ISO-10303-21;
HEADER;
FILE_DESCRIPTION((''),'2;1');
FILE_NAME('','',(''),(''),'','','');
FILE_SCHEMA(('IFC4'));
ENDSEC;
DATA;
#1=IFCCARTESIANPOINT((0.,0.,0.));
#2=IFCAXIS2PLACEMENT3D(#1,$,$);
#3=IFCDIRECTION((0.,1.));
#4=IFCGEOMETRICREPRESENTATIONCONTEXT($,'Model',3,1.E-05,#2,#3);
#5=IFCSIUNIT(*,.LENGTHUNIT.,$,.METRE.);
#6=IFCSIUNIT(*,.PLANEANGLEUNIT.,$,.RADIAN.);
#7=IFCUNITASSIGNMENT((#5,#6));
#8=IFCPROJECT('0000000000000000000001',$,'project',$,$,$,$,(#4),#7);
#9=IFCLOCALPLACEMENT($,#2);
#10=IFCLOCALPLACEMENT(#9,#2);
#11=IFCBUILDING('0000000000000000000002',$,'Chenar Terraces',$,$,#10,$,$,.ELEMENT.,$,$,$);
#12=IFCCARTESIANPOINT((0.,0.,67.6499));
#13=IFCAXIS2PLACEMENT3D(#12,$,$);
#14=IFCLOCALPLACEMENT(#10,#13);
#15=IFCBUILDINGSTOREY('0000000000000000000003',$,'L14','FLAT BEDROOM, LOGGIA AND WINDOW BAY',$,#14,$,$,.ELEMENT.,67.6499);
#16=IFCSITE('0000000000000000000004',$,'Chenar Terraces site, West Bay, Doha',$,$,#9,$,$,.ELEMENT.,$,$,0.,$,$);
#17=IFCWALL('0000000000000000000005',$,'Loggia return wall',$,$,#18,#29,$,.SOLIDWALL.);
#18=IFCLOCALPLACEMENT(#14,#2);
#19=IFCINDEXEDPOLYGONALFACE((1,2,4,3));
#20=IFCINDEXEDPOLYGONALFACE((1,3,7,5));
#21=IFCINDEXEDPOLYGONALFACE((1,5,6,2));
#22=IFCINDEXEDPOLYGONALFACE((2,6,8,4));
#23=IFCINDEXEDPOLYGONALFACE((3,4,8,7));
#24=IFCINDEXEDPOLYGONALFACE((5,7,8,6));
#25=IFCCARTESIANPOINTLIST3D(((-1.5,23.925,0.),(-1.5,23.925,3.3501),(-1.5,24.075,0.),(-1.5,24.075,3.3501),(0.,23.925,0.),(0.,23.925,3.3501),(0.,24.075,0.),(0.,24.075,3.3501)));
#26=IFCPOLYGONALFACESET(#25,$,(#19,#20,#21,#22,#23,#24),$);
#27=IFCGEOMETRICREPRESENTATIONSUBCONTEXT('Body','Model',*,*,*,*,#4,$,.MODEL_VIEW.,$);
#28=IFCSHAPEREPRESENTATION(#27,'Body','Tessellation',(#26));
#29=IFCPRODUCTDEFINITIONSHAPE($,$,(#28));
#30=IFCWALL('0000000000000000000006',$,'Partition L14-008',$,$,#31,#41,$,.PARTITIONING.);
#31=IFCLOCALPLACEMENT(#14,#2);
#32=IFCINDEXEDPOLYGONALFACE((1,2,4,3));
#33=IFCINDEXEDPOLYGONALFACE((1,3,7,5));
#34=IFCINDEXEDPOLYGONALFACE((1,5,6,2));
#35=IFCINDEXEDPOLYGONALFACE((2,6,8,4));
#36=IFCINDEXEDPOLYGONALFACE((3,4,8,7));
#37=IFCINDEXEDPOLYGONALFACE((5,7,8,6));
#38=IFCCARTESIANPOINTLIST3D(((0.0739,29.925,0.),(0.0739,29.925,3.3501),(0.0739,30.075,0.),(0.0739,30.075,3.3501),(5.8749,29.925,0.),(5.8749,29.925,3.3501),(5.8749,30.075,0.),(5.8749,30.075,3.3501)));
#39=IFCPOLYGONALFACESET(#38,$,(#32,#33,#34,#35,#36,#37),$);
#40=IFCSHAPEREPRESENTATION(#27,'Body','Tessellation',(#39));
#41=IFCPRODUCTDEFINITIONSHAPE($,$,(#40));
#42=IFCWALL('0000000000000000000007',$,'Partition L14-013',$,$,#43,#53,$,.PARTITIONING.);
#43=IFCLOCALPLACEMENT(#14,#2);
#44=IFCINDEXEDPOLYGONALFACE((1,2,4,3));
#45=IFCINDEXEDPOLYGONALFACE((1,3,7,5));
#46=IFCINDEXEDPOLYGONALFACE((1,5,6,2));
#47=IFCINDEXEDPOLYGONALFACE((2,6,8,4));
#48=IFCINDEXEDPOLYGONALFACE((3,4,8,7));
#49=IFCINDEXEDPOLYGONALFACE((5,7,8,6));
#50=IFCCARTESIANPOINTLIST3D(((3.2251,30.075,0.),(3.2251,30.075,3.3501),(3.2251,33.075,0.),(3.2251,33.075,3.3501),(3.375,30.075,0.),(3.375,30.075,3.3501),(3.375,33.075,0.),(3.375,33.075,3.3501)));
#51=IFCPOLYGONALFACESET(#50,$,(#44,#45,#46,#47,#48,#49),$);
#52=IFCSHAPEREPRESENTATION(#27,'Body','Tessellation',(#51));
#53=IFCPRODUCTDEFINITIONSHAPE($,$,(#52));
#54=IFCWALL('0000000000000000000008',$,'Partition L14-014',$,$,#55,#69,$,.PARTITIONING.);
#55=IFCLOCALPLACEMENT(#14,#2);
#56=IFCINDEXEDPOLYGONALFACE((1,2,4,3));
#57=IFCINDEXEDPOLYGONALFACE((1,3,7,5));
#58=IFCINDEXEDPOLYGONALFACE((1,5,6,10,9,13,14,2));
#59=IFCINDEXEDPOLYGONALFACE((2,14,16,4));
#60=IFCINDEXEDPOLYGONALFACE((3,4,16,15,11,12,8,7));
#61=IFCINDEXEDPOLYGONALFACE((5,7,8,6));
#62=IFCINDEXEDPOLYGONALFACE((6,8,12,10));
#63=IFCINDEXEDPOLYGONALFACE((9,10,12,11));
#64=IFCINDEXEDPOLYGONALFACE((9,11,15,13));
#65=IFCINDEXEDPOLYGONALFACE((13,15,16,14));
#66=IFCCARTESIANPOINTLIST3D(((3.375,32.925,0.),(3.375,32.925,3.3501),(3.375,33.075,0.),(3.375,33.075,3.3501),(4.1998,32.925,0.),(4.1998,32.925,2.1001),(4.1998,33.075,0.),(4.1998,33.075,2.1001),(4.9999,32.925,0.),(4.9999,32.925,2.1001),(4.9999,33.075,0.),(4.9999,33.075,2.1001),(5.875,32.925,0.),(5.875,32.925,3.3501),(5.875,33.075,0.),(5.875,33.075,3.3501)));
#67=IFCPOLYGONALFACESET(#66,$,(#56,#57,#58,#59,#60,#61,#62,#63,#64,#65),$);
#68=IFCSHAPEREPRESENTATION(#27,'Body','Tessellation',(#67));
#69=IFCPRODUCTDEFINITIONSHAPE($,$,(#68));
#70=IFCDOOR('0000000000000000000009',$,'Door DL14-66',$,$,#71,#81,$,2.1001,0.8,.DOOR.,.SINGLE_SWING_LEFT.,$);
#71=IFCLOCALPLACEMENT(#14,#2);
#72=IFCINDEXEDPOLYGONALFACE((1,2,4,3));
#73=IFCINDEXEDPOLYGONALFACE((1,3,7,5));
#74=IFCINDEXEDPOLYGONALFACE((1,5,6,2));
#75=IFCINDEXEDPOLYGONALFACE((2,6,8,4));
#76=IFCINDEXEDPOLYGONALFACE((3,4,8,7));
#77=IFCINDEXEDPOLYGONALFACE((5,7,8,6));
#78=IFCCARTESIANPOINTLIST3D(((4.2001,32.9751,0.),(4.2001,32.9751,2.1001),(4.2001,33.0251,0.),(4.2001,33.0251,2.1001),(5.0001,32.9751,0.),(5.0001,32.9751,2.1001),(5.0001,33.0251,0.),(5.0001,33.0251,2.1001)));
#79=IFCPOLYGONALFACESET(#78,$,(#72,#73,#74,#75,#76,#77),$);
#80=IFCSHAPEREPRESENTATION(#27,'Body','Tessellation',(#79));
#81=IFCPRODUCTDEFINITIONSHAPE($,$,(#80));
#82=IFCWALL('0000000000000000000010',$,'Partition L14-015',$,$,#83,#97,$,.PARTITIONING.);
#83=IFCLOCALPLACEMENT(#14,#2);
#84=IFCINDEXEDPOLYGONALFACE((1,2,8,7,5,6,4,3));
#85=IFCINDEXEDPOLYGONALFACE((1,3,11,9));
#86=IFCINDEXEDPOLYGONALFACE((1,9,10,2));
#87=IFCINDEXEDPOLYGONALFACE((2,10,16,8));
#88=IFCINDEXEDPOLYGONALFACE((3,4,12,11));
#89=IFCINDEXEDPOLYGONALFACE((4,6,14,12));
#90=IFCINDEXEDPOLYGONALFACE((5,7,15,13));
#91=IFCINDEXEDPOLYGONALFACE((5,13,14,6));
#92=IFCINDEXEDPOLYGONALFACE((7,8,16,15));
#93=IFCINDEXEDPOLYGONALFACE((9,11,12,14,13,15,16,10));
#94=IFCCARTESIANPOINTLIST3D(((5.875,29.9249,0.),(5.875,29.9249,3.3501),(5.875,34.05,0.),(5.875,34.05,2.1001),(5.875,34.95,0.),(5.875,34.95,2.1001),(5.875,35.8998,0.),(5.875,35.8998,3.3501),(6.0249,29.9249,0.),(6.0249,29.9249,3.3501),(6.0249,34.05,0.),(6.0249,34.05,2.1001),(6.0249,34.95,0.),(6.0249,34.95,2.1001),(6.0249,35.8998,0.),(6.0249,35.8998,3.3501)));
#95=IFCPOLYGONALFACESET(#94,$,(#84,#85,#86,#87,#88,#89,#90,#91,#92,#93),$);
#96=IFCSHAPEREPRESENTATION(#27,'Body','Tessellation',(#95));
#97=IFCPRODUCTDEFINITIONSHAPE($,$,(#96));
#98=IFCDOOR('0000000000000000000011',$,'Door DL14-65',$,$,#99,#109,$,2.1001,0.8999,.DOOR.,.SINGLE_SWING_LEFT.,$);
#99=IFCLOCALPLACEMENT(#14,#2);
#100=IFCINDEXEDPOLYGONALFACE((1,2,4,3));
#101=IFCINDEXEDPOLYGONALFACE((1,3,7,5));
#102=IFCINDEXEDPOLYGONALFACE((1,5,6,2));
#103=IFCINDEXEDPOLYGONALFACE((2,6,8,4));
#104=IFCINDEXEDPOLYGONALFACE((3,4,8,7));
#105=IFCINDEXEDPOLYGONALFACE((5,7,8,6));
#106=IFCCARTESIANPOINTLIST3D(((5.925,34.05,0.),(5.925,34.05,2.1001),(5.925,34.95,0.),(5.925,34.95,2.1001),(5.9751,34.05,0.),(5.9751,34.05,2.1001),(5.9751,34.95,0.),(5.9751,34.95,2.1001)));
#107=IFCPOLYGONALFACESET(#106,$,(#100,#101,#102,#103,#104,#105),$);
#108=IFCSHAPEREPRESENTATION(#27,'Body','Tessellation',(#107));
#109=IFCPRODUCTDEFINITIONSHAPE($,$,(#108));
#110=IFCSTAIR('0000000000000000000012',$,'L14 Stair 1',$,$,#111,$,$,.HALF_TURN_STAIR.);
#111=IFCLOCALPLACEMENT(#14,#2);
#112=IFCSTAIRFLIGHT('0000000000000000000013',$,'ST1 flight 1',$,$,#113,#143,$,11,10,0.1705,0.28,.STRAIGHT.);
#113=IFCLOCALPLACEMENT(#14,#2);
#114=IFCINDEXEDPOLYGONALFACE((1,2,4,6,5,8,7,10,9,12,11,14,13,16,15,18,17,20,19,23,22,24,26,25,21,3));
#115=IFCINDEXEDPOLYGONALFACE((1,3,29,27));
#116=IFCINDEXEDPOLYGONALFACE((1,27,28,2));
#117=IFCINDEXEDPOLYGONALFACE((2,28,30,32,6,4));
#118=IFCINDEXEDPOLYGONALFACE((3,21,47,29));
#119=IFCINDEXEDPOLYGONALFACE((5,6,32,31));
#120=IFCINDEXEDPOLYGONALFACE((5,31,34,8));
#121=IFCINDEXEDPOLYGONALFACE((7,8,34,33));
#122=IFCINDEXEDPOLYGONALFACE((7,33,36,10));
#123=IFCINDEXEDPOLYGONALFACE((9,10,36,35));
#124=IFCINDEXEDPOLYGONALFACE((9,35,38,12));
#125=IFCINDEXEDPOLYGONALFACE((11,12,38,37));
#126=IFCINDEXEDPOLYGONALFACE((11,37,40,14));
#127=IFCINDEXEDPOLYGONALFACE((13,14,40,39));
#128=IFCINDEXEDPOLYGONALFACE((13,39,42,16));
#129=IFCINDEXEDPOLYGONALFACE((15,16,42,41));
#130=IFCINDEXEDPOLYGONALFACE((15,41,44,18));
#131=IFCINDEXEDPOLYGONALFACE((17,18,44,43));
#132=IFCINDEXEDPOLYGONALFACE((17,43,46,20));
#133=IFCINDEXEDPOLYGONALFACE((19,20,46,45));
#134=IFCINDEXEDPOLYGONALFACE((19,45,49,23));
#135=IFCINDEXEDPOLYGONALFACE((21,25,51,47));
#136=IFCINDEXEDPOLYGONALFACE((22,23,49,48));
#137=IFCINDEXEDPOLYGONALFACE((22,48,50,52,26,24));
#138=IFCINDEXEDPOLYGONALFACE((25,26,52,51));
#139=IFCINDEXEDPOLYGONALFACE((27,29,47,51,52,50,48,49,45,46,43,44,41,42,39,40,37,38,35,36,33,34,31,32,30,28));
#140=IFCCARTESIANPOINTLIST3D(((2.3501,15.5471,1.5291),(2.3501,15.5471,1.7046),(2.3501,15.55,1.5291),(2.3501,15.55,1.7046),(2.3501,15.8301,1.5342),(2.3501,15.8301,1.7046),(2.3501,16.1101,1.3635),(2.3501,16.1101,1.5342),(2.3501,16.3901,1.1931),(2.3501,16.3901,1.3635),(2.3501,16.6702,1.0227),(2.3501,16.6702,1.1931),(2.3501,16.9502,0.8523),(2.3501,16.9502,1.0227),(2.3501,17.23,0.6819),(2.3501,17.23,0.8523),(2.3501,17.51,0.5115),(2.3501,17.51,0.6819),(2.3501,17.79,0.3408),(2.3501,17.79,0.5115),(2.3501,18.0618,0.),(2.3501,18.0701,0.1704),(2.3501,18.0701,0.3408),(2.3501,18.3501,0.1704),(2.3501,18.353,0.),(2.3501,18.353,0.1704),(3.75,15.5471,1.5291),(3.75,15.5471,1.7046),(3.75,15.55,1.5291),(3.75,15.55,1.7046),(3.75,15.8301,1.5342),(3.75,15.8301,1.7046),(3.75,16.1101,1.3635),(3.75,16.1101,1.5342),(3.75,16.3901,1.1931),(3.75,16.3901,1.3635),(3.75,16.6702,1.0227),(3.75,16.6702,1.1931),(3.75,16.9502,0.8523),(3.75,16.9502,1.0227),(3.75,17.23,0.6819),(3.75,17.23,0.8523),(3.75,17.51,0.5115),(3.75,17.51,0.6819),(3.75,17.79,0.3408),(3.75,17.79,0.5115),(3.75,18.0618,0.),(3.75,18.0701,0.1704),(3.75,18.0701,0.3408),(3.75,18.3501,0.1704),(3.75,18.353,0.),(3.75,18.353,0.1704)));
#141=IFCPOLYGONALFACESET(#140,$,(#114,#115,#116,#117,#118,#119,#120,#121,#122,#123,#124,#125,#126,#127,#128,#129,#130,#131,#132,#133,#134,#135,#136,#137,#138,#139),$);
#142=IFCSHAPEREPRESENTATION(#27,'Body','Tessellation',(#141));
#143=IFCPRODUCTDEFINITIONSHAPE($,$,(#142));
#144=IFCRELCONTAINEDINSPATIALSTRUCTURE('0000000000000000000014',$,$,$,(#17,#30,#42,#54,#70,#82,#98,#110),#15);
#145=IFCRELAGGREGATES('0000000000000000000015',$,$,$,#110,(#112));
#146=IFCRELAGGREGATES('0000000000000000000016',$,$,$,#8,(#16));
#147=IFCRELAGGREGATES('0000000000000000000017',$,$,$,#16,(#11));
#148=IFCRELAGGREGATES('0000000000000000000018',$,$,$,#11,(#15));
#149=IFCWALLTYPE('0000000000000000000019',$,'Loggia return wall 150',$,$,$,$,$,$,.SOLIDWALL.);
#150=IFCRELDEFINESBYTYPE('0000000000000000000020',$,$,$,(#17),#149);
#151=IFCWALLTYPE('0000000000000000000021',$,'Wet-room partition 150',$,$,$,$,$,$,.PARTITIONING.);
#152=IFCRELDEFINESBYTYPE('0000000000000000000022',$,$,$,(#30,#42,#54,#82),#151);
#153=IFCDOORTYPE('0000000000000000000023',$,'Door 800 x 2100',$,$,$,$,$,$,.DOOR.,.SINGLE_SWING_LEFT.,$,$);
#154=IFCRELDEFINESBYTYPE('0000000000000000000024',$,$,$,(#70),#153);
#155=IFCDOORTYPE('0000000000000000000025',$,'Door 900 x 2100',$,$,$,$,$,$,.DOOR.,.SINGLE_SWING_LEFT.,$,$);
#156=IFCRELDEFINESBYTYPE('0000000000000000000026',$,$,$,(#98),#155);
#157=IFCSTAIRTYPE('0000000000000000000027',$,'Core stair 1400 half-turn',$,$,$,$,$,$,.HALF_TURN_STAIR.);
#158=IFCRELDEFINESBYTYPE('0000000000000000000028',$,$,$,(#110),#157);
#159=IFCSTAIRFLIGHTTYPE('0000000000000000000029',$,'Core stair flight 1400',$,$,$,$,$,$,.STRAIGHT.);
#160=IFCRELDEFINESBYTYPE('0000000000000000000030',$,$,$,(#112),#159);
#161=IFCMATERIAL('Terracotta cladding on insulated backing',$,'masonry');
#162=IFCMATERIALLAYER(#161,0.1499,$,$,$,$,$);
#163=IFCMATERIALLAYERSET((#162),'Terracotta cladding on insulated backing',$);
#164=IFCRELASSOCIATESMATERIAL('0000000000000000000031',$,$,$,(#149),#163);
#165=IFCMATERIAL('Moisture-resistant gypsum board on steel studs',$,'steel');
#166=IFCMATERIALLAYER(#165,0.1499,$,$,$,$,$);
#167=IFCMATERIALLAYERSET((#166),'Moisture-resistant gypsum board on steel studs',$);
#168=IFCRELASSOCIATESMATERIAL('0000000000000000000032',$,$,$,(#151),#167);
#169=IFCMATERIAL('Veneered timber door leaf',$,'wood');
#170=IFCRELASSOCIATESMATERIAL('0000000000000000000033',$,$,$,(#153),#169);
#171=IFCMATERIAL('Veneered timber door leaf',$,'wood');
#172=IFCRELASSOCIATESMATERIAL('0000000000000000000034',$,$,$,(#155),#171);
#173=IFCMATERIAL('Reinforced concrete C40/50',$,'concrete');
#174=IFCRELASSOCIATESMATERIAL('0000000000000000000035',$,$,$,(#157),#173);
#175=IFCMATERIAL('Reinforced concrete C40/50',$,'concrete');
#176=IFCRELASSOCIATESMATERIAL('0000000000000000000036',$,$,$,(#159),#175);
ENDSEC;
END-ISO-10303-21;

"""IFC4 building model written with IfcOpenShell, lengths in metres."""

from ifc_helpers import new_model, si_unit, direction, frame, frame_2d, origin, place, context, subcontext, project, spatial, polyline, rectangle, outline, extrude, material, layer, layer_set, type_object, element, fill, aggregate, save


model = new_model("IFC4")

# Units and contexts
model_context = context("Model", 3, precision=1e-05, world=origin(), true_north=direction((0.0, 1.0)))
body_context = subcontext(model_context, "Body", "Model", "MODEL_VIEW")
ifc_project = project(units=[si_unit("LENGTHUNIT", "METRE"), si_unit("PLANEANGLEUNIT", "RADIAN")], contexts=[model_context])

# Site, building, storey
site_placement = place(None, origin())
site = spatial("IfcSite", under=ifc_project, at=site_placement, Name="Chenar Terraces site, West Bay, Doha", CompositionType="ELEMENT", RefElevation=0.0)
building_placement = place(site_placement, origin())
building = spatial("IfcBuilding", under=site, at=building_placement, Name="Chenar Terraces", CompositionType="ELEMENT")
storey_placement = place(building_placement, frame((0.0, 0.0, 67.6499)))
storey = spatial("IfcBuildingStorey", under=building, at=storey_placement, Name="L14", Description="FLAT BEDROOM, LOGGIA AND WINDOW BAY", CompositionType="ELEMENT", Elevation=67.6499)

# Walls
ifc_material_1 = material(Name="Terracotta cladding on insulated backing", Category="masonry")
ifc_layer_1 = layer(ifc_material_1, 0.1499)
ifc_layer_set_1 = layer_set([ifc_layer_1], Name="Terracotta cladding on insulated backing")
wall_type_1 = type_object("IfcWallType", Name="Loggia return wall 150", PredefinedType="SOLIDWALL", material=ifc_layer_set_1)
wall_1_placement = place(storey_placement, frame((-1.5, 24.0, 0.0), z_axis=(0.0, 0.0, 1.0), x_axis=(1.0, 0.0, 0.0)))
element("IfcWall", 1, at=wall_1_placement, inside=storey, type_object=wall_type_1, Name="Loggia return wall", PredefinedType="SOLIDWALL", context=body_context, shape_type="SweptSolid", body=[
    extrude(rectangle(XDim=1.5, YDim=0.1499, at=frame_2d((0.75, 0.0))), origin(), (0.0, 0.0, 1.0), 3.3501),
])
ifc_material_2 = material(Name="Moisture-resistant gypsum board on steel studs", Category="steel")
ifc_layer_2 = layer(ifc_material_2, 0.1499)
ifc_layer_set_2 = layer_set([ifc_layer_2], Name="Moisture-resistant gypsum board on steel studs")
wall_type_2 = type_object("IfcWallType", Name="Wet-room partition 150", PredefinedType="PARTITIONING", material=ifc_layer_set_2)
wall_2_placement = place(storey_placement, frame((0.074, 30.0, 0.0), z_axis=(0.0, 0.0, 1.0), x_axis=(1.0, 0.0, 0.0)))
element("IfcWall", 2, at=wall_2_placement, inside=storey, type_object=wall_type_2, Name="Partition L14-008", PredefinedType="PARTITIONING", context=body_context, shape_type="SweptSolid", body=[
    extrude(rectangle(XDim=5.801, YDim=0.1499, at=frame_2d((2.9004, 0.0))), origin(), (0.0, 0.0, 1.0), 3.3501),
])
wall_3_placement = place(storey_placement, frame((3.3, 30.075, 0.0), z_axis=(0.0, 0.0, 1.0), x_axis=(0.0, 1.0, 0.0)))
element("IfcWall", 3, at=wall_3_placement, inside=storey, type_object=wall_type_2, Name="Partition L14-013", PredefinedType="PARTITIONING", context=body_context, shape_type="SweptSolid", body=[
    extrude(rectangle(XDim=3.0, YDim=0.1499, at=frame_2d((1.5, 0.0))), origin(), (0.0, 0.0, 1.0), 3.3501),
])

# Walls, openings, doors
wall_4_placement = place(storey_placement, frame((3.375, 33.0, 0.0), z_axis=(0.0, 0.0, 1.0), x_axis=(1.0, 0.0, 0.0)))
wall_4 = element("IfcWall", 4, at=wall_4_placement, inside=storey, type_object=wall_type_2, Name="Partition L14-014", PredefinedType="PARTITIONING", context=body_context, shape_type="SweptSolid", body=[
    extrude(rectangle(XDim=2.5, YDim=0.1499, at=frame_2d((1.25, 0.0))), origin(), (0.0, 0.0, 1.0), 3.3501),
])
opening_1_placement = place(wall_4_placement, frame((0.825, 0.0, 0.0)))
opening_1 = element("IfcOpeningElement", 5, at=opening_1_placement, cuts=wall_4, PredefinedType="OPENING", context=body_context, shape_type="SweptSolid", body=[
    extrude(rectangle(XDim=0.8, YDim=2.1001, at=frame_2d((0.3999, 1.05))), frame((0.0, 0.085, 0.0), z_axis=(0.0, -1.0, 0.0), x_axis=(1.0, 0.0, 0.0)), (0.0, 0.0, 1.0), 0.1699),
])
ifc_material_3 = material(Name="Veneered timber door leaf", Category="wood")
door_type_1 = type_object("IfcDoorType", Name="Door 800 x 2100", OperationType="SINGLE_SWING_LEFT", PredefinedType="DOOR", material=ifc_material_3)
door_1_placement = place(opening_1_placement, frame((0.8, 0.0, 0.0), z_axis=(0.0, 0.0, 1.0), x_axis=(-1.0, 0.0, 0.0)))
door_1 = element("IfcDoor", 6, at=door_1_placement, inside=storey, type_object=door_type_1, Name="Door DL14-66", OperationType="SINGLE_SWING_LEFT", OverallHeight=2.1001, OverallWidth=0.8, PredefinedType="DOOR", context=body_context, shape_type="SweptSolid", body=[
    extrude(rectangle(XDim=0.8, YDim=2.1001, at=frame_2d((0.3999, 1.05))), frame((0.0, 0.0249, 0.0), z_axis=(0.0, -1.0, 0.0), x_axis=(1.0, 0.0, 0.0)), (0.0, 0.0, 1.0), 0.05),
])
fill(opening_1, door_1)
wall_5_placement = place(storey_placement, frame((5.95, 29.925, 0.0), z_axis=(0.0, 0.0, 1.0), x_axis=(0.0, 1.0, 0.0)))
wall_5 = element("IfcWall", 7, at=wall_5_placement, inside=storey, type_object=wall_type_2, Name="Partition L14-015", PredefinedType="PARTITIONING", context=body_context, shape_type="SweptSolid", body=[
    extrude(rectangle(XDim=5.9749, YDim=0.1499, at=frame_2d((2.9873, 0.0))), origin(), (0.0, 0.0, 1.0), 3.3501),
])
opening_2_placement = place(wall_5_placement, frame((4.125, 0.0, 0.0)))
opening_2 = element("IfcOpeningElement", 8, at=opening_2_placement, cuts=wall_5, PredefinedType="OPENING", context=body_context, shape_type="SweptSolid", body=[
    extrude(rectangle(XDim=0.8999, YDim=2.1001, at=frame_2d((0.45, 1.05))), frame((0.0, 0.085, 0.0), z_axis=(0.0, -1.0, 0.0), x_axis=(1.0, 0.0, 0.0)), (0.0, 0.0, 1.0), 0.1699),
])
ifc_material_4 = material(Name="Veneered timber door leaf", Category="wood")
door_type_2 = type_object("IfcDoorType", Name="Door 900 x 2100", OperationType="SINGLE_SWING_LEFT", PredefinedType="DOOR", material=ifc_material_4)
door_2_placement = place(opening_2_placement, origin())
door_2 = element("IfcDoor", 9, at=door_2_placement, inside=storey, type_object=door_type_2, Name="Door DL14-65", OperationType="SINGLE_SWING_LEFT", OverallHeight=2.1001, OverallWidth=0.8999, PredefinedType="DOOR", context=body_context, shape_type="SweptSolid", body=[
    extrude(rectangle(XDim=0.8999, YDim=2.1001, at=frame_2d((0.45, 1.05))), frame((0.0, 0.0249, 0.0), z_axis=(0.0, -1.0, 0.0), x_axis=(1.0, 0.0, 0.0)), (0.0, 0.0, 1.0), 0.05),
])
fill(opening_2, door_2)

# Stair, stair flight
ifc_material_5 = material(Name="Reinforced concrete C40/50", Category="concrete")
stair_type = type_object("IfcStairType", Name="Core stair 1400 half-turn", PredefinedType="HALF_TURN_STAIR", material=ifc_material_5)
stair_placement = place(storey_placement, origin())
stair = element("IfcStair", 10, at=stair_placement, inside=storey, type_object=stair_type, Name="L14 Stair 1", PredefinedType="HALF_TURN_STAIR")
ifc_material_6 = material(Name="Reinforced concrete C40/50", Category="concrete")
stair_flight_type = type_object("IfcStairFlightType", Name="Core stair flight 1400", PredefinedType="STRAIGHT", material=ifc_material_6)
stair_flight_1_placement = place(storey_placement, frame((3.05, 18.3501, 0.0), z_axis=(0.0, 0.0, 1.0), x_axis=(0.0, -1.0, 0.0)))
stair_flight_1 = element("IfcStairFlight", 11, at=stair_flight_1_placement, type_object=stair_flight_type, Name="ST1 flight 1", NumberOfRisers=11, NumberOfTreads=10, PredefinedType="STRAIGHT", RiserHeight=0.1705, TreadLength=0.28, context=body_context, shape_type="SweptSolid", body=[
    extrude(outline(polyline([(-0.0029, 0.0), (-0.0029, 0.1704), (0.0, 0.1704), (0.28, 0.1704), (0.28, 0.3408), (0.5601, 0.3408), (0.5601, 0.5115), (0.8401, 0.5115), (0.8401, 0.6819), (1.1201, 0.6819), (1.1201, 0.8523), (1.3999, 0.8523), (1.3999, 1.0227), (1.6799, 1.0227), (1.6799, 1.1931), (1.96, 1.1931), (1.96, 1.3635), (2.24, 1.3635), (2.24, 1.5342), (2.52, 1.5342), (2.52, 1.7046), (2.8, 1.7046), (2.803, 1.7046), (2.803, 1.5291), (2.8, 1.5291), (0.2883, 0.0), (-0.0029, 0.0)])), frame((0.0, 0.7, 0.0), z_axis=(0.0, -1.0, 0.0), x_axis=(1.0, 0.0, 0.0)), (0.0, 0.0, 1.0), 1.3999),
])
aggregate(stair, [stair_flight_1])

save(model, "model.ifc")
